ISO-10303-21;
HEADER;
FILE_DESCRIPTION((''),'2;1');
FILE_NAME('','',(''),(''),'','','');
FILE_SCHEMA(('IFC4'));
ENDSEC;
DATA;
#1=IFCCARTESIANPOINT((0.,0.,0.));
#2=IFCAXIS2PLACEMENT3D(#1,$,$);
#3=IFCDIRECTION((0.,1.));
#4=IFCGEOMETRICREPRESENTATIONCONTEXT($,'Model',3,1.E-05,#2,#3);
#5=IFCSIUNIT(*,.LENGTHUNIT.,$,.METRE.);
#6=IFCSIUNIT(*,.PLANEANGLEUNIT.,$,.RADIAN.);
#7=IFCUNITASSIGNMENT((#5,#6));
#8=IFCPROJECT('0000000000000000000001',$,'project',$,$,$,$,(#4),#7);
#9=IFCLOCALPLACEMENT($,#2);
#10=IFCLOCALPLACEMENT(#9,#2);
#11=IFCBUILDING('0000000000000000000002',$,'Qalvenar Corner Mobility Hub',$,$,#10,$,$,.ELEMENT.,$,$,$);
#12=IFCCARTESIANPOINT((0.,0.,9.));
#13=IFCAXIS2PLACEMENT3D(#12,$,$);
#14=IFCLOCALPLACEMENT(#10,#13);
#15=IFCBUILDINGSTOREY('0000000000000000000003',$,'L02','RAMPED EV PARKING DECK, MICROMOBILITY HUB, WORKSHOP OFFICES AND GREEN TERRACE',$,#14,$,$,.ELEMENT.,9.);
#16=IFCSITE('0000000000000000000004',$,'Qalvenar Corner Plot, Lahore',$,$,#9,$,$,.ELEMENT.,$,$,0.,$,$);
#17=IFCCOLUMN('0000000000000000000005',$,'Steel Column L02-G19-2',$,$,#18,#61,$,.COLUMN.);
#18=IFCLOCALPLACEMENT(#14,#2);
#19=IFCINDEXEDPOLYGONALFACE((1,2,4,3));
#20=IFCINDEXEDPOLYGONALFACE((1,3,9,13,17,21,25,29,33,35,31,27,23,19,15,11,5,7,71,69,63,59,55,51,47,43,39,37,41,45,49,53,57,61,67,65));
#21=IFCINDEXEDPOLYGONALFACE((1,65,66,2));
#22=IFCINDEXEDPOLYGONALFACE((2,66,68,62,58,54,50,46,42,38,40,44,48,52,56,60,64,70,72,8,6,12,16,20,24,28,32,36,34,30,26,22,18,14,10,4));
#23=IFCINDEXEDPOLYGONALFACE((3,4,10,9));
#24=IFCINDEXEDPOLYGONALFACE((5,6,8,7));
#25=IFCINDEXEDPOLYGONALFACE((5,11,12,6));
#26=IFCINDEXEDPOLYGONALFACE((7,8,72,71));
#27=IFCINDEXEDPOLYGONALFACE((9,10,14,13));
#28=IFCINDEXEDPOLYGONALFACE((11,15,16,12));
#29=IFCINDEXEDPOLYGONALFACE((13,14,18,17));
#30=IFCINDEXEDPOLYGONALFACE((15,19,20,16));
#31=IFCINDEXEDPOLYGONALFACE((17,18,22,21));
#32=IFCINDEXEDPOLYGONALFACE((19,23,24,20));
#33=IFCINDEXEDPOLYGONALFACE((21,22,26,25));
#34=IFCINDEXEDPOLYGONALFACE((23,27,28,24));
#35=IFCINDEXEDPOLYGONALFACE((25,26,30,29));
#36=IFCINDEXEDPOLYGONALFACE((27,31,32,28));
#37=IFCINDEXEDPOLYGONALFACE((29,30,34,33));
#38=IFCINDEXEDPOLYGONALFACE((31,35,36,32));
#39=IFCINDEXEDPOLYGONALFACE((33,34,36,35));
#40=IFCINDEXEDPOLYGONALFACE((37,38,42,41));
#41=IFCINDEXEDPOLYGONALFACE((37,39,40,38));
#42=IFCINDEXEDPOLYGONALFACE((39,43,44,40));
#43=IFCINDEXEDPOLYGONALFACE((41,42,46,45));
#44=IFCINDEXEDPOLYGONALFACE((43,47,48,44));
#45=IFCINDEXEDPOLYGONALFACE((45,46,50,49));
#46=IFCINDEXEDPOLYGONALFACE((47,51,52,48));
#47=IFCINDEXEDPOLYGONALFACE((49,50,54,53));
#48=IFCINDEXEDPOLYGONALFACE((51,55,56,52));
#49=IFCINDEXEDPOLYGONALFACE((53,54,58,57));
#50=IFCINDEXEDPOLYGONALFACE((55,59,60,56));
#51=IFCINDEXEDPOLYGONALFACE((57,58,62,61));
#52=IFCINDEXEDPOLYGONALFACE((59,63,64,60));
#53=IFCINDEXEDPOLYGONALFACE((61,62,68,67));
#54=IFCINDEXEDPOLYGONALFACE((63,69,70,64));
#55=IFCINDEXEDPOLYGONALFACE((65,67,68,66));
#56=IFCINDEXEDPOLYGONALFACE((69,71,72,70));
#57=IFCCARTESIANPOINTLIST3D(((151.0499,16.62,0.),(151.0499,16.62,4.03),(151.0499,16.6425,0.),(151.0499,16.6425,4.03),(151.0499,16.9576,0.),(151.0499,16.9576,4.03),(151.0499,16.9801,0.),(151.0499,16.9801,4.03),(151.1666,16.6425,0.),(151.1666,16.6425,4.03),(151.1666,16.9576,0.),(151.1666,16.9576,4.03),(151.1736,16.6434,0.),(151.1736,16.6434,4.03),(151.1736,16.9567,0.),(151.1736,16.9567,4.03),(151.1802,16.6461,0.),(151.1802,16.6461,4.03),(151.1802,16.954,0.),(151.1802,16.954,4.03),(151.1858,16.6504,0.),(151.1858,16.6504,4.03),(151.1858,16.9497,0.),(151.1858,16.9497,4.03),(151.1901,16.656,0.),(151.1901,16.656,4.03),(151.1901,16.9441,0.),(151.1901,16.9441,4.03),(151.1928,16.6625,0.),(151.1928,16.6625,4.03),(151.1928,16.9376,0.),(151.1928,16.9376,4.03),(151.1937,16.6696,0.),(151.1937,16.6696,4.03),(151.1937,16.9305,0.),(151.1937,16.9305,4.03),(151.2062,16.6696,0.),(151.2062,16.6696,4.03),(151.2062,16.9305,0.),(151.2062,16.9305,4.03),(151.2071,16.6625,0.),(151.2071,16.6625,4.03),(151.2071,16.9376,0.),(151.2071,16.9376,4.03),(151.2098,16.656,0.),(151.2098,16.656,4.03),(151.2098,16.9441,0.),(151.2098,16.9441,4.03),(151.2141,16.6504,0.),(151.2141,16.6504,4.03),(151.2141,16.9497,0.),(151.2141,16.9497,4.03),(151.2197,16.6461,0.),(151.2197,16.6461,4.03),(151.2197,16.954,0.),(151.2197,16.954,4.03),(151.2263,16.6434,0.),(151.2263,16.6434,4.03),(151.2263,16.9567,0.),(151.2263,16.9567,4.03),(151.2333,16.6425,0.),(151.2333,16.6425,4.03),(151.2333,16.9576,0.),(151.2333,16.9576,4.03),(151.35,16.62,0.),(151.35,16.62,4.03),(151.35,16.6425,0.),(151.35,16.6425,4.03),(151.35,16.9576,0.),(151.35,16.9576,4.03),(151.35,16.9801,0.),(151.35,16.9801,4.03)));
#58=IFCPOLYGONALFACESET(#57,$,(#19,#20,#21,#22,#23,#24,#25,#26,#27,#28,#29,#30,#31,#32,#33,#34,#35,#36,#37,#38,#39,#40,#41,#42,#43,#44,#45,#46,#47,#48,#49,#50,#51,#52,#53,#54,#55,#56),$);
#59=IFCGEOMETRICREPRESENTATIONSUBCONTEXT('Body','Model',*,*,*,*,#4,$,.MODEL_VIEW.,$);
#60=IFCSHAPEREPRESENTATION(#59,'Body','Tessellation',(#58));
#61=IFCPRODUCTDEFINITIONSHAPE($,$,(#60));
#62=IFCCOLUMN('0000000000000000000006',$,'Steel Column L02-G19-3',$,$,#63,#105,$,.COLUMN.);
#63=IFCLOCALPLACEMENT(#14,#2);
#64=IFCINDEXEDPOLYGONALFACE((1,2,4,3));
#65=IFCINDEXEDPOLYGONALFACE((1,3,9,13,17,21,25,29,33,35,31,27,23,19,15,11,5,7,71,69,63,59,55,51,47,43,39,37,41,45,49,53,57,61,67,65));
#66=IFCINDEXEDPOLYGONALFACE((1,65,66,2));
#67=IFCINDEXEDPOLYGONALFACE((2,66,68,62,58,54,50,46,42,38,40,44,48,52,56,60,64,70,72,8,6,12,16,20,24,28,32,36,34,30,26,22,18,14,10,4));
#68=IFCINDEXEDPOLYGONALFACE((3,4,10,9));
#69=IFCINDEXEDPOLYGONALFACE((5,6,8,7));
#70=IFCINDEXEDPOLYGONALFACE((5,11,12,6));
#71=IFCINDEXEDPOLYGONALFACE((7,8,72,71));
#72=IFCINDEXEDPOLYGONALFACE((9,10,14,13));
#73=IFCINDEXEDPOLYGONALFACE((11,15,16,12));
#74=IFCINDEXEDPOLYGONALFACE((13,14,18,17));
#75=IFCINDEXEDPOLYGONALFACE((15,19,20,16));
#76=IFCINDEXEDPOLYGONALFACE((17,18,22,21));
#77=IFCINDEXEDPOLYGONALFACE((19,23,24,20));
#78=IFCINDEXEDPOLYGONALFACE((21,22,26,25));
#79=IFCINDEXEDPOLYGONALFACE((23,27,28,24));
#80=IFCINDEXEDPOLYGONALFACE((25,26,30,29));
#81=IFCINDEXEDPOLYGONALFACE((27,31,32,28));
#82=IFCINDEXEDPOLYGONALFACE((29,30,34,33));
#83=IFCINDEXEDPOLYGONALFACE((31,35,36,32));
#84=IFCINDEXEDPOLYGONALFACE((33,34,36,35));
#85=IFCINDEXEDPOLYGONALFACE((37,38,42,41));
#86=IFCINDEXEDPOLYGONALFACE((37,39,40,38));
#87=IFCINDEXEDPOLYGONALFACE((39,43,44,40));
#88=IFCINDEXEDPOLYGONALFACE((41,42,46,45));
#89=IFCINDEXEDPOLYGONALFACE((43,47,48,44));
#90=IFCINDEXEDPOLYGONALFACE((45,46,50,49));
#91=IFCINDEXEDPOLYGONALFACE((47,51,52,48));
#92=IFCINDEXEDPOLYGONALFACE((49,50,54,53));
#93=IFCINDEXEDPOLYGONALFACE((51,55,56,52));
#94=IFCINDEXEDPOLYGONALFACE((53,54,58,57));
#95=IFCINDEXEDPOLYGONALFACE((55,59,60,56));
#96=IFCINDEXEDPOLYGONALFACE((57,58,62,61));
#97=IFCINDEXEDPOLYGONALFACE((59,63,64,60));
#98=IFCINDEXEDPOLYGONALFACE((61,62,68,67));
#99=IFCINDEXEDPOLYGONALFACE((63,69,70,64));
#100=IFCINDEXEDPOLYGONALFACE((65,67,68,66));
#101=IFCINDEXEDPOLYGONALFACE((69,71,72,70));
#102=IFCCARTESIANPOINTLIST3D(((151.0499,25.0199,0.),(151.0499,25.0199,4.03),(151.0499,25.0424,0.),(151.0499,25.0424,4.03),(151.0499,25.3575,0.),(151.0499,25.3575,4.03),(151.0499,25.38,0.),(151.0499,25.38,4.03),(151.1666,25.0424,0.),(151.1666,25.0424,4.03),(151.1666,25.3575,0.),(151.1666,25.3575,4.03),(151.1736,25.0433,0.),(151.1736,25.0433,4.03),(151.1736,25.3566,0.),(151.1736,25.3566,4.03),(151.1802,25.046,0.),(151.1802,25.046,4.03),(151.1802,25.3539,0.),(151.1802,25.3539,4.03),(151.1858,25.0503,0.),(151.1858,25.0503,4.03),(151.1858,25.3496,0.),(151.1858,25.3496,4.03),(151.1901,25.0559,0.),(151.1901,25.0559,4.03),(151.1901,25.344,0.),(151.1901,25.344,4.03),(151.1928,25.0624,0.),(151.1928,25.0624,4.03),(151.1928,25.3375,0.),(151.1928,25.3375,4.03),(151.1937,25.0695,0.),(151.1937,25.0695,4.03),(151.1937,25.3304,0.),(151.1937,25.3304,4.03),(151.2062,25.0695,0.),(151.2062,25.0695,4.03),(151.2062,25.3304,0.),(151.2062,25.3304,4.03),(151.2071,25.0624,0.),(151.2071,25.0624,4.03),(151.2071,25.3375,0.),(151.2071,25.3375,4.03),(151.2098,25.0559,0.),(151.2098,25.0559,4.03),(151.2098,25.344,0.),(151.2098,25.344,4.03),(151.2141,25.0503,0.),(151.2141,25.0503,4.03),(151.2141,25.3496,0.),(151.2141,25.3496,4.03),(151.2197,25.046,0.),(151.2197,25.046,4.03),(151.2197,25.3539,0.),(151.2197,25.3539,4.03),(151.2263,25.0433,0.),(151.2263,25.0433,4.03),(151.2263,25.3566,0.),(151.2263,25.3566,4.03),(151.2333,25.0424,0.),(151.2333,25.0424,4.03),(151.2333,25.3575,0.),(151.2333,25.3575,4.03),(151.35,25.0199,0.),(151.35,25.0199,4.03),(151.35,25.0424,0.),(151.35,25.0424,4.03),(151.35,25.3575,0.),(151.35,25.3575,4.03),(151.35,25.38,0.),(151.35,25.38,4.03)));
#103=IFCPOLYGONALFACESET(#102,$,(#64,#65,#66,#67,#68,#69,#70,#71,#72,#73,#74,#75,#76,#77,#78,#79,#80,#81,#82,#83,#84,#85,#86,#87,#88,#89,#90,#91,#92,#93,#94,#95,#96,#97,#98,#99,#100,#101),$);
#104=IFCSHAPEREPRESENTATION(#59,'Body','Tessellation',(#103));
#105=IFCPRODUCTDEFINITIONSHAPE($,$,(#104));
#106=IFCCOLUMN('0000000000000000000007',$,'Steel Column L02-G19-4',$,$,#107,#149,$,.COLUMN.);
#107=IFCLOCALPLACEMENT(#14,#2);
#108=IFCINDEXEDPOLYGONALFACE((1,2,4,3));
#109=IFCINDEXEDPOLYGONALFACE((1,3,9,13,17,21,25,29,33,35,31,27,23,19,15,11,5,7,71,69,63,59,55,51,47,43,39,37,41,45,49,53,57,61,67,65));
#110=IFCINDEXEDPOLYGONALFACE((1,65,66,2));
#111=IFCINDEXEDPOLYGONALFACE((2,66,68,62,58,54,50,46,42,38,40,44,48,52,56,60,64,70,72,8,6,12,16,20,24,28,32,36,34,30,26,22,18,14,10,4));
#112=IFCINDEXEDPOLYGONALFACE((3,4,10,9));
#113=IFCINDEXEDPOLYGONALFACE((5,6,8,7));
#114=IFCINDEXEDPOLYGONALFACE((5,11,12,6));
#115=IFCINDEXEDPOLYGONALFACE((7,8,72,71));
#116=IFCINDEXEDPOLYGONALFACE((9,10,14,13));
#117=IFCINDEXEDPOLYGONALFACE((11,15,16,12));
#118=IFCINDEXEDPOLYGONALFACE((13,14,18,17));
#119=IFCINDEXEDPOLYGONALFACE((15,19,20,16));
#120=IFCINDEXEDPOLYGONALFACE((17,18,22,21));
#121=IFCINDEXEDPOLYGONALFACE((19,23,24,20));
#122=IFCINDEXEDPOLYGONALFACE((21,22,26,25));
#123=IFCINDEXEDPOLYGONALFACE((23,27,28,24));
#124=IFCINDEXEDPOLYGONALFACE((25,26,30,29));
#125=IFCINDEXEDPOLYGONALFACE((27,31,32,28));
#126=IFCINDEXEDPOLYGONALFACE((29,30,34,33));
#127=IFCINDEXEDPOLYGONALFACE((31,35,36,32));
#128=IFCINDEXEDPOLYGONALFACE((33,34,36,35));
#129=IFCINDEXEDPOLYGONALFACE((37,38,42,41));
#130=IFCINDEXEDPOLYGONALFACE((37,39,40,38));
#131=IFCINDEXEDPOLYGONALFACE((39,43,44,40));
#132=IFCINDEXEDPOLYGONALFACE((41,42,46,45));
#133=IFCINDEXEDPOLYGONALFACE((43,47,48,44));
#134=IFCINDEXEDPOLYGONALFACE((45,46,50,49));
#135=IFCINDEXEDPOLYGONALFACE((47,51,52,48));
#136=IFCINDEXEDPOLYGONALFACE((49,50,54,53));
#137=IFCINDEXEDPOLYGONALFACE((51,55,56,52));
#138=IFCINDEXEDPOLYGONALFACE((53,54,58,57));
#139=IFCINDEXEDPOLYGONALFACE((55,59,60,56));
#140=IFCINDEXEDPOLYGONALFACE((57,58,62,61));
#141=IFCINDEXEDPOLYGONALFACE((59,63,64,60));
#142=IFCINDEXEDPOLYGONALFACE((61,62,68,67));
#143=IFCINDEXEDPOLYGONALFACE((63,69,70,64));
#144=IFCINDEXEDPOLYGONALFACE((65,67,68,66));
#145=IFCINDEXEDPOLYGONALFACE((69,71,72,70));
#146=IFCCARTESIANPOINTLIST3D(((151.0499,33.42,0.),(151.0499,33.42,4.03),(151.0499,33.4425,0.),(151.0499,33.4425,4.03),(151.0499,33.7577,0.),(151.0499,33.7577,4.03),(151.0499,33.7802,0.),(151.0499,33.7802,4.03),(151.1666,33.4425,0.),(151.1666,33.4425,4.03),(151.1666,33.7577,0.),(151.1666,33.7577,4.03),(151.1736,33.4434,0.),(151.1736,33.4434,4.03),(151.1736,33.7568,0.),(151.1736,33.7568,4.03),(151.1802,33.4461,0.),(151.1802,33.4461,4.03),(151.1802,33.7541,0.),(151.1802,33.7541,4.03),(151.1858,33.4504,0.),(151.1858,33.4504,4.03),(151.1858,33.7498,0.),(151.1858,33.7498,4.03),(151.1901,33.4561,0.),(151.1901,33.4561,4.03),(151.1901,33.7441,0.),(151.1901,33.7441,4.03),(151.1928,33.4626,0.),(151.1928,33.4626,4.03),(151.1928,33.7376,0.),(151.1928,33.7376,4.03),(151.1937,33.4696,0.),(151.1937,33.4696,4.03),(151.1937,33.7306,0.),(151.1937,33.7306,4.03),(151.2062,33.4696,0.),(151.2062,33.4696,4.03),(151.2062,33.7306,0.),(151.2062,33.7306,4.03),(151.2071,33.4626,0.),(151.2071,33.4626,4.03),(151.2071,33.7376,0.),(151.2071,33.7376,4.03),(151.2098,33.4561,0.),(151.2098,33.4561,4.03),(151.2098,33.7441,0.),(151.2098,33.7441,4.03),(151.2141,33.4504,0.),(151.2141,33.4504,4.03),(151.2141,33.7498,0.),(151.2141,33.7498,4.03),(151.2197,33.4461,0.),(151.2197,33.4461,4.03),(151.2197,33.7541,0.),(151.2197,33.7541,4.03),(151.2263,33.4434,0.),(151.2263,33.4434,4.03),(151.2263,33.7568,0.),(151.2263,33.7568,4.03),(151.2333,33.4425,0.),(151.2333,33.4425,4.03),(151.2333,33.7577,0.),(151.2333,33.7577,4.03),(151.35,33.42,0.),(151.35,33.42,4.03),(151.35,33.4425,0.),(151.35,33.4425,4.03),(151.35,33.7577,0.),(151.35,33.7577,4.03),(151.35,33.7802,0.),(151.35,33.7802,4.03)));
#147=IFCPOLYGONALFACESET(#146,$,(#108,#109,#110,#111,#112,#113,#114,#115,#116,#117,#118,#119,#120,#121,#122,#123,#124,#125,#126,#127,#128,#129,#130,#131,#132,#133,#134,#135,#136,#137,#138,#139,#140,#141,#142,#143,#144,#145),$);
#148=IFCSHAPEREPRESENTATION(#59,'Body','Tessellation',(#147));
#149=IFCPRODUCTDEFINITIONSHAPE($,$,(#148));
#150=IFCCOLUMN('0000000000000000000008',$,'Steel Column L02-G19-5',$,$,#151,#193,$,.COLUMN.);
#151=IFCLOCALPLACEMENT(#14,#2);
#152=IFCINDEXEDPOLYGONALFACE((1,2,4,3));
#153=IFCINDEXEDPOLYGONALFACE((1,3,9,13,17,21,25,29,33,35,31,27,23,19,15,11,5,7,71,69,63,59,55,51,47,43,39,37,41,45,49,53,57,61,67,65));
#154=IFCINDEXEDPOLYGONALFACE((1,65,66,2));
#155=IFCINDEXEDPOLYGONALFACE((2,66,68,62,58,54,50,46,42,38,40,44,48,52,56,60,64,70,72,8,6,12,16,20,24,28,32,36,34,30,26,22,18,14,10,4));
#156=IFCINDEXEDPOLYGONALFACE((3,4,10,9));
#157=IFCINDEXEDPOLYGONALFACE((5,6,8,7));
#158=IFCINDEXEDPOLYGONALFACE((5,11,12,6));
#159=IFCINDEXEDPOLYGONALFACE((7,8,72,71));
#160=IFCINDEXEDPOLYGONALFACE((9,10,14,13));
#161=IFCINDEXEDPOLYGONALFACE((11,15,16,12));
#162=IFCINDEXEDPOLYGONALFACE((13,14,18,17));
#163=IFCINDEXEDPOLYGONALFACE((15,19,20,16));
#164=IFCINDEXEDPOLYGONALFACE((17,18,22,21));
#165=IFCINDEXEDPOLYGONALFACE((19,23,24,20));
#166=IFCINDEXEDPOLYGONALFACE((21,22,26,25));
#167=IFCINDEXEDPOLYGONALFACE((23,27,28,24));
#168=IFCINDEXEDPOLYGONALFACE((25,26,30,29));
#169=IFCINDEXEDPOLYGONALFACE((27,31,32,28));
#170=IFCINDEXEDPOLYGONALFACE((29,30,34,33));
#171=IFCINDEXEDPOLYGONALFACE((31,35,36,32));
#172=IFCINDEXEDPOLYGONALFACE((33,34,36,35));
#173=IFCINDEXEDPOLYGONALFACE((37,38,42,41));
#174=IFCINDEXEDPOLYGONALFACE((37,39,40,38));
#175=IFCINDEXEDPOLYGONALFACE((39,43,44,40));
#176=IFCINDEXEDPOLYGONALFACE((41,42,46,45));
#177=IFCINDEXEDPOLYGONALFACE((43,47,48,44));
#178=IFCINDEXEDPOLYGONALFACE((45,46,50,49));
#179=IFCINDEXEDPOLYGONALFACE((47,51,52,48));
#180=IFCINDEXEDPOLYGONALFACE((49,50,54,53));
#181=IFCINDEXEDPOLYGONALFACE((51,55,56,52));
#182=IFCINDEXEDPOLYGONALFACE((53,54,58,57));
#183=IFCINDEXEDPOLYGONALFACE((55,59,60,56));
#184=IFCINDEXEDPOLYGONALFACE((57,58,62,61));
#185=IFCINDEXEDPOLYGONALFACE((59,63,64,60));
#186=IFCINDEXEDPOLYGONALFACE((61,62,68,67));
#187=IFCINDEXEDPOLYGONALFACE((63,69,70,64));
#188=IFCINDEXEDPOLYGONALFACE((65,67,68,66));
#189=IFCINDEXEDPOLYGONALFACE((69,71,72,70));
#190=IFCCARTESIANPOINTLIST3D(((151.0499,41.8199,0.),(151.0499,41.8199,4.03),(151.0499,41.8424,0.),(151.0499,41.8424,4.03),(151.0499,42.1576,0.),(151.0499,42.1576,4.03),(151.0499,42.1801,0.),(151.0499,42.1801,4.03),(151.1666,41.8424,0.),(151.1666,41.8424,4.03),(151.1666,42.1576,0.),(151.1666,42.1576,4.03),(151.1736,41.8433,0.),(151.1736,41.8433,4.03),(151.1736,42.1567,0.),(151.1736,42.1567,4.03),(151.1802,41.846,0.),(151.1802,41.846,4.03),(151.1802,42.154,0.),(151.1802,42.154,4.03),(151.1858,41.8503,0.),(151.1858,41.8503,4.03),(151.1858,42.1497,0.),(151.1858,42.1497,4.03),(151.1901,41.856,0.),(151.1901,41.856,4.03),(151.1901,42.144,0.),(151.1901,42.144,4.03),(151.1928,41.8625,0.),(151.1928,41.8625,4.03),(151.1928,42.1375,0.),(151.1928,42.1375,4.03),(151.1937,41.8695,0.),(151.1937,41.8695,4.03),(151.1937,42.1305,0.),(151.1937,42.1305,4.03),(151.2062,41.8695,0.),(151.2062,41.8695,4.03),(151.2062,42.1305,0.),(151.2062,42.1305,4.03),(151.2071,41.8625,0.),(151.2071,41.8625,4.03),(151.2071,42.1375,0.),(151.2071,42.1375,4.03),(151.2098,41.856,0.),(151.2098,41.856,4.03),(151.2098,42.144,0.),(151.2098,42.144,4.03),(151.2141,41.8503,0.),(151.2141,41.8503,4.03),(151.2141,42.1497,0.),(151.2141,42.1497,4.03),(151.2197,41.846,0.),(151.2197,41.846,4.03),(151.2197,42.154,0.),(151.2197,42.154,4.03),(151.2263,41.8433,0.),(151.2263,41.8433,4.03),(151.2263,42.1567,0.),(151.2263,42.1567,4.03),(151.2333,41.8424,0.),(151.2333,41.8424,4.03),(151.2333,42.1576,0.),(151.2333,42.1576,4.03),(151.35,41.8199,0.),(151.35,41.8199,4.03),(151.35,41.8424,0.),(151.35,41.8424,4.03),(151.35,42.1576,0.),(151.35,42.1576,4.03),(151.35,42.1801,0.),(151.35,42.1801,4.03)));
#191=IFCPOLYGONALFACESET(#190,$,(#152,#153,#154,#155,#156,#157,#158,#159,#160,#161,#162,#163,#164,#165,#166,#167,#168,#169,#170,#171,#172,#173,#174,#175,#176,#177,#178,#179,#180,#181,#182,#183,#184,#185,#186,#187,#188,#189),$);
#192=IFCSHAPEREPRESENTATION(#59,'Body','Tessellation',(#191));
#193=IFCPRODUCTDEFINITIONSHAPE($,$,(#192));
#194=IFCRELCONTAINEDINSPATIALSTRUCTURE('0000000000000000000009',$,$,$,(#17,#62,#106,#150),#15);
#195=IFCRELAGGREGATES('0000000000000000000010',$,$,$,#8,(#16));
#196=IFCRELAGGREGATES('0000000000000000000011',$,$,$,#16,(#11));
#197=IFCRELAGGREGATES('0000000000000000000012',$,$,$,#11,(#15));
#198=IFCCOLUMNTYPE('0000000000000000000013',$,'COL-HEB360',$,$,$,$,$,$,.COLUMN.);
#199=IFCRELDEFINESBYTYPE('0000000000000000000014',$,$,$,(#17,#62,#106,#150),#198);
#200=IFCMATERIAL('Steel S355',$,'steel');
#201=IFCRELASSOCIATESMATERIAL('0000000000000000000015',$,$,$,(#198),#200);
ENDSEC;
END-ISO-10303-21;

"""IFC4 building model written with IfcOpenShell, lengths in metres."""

from ifc_helpers import new_model, si_unit, direction, frame, origin, origin_2d, place, context, subcontext, project, spatial, i_section, extrude, material, material_profile, profile_set, type_object, element, save


model = new_model("IFC4")

# Units and contexts
model_context = context("Model", 3, precision=1e-05, world=origin(), true_north=direction((0.0, 1.0)))
body_context = subcontext(model_context, "Body", "Model", "MODEL_VIEW")
ifc_project = project(units=[si_unit("LENGTHUNIT", "METRE"), si_unit("PLANEANGLEUNIT", "RADIAN")], contexts=[model_context])

# Site, building, storey
site_placement = place(None, origin())
site = spatial("IfcSite", under=ifc_project, at=site_placement, Name="Qalvenar Corner Plot, Lahore", CompositionType="ELEMENT", RefElevation=0.0)
building_placement = place(site_placement, origin())
building = spatial("IfcBuilding", under=site, at=building_placement, Name="Qalvenar Corner Mobility Hub", CompositionType="ELEMENT")
storey_placement = place(building_placement, frame((0.0, 0.0, 9.0)))
storey = spatial("IfcBuildingStorey", under=building, at=storey_placement, Name="L02", Description="RAMPED EV PARKING DECK, MICROMOBILITY HUB, WORKSHOP OFFICES AND GREEN TERRACE", CompositionType="ELEMENT", Elevation=9.0)

# Columns
ifc_material_1 = material(Name="Steel S355", Category="steel")
ifc_material_profile_1 = material_profile(ifc_material_1, i_section(OverallWidth=0.3, OverallDepth=0.3601, WebThickness=0.0125, FlangeThickness=0.0225, FilletRadius=0.0271, at=origin_2d()), Name="HEB360")
ifc_profile_set_1 = profile_set([ifc_material_profile_1], Name="Steel S355")
column_type_1 = type_object("IfcColumnType", Name="COL-HEB360", PredefinedType="COLUMN", material=ifc_profile_set_1)
for number, where, z_axis, x_axis, name in (
    (1, (151.2, 16.8, 0.0), (0.0, 0.0, 1.0), (1.0, 0.0, 0.0), "Steel Column L02-G19-2"),
    (2, (151.2, 25.2, 0.0), (0.0, 0.0, 1.0), (1.0, 0.0, 0.0), "Steel Column L02-G19-3"),
    (3, (151.2, 33.6001, 0.0), (0.0, 0.0, 1.0), (1.0, 0.0, 0.0), "Steel Column L02-G19-4"),
    (4, (151.2, 42.0, 0.0), (0.0, 0.0, 1.0), (1.0, 0.0, 0.0), "Steel Column L02-G19-5"),
):
    element("IfcColumn", number, at=place(storey_placement, frame(where, z_axis=z_axis, x_axis=x_axis)), inside=storey, type_object=column_type_1, Name=name, PredefinedType="COLUMN", context=body_context, shape_type="SweptSolid", body=[
        extrude(i_section(OverallWidth=0.3, OverallDepth=0.3601, WebThickness=0.0125, FlangeThickness=0.0225, FilletRadius=0.0271, at=origin_2d()), origin(), (0.0, 0.0, 1.0), 4.03),
    ])

save(model, "model.ifc")
